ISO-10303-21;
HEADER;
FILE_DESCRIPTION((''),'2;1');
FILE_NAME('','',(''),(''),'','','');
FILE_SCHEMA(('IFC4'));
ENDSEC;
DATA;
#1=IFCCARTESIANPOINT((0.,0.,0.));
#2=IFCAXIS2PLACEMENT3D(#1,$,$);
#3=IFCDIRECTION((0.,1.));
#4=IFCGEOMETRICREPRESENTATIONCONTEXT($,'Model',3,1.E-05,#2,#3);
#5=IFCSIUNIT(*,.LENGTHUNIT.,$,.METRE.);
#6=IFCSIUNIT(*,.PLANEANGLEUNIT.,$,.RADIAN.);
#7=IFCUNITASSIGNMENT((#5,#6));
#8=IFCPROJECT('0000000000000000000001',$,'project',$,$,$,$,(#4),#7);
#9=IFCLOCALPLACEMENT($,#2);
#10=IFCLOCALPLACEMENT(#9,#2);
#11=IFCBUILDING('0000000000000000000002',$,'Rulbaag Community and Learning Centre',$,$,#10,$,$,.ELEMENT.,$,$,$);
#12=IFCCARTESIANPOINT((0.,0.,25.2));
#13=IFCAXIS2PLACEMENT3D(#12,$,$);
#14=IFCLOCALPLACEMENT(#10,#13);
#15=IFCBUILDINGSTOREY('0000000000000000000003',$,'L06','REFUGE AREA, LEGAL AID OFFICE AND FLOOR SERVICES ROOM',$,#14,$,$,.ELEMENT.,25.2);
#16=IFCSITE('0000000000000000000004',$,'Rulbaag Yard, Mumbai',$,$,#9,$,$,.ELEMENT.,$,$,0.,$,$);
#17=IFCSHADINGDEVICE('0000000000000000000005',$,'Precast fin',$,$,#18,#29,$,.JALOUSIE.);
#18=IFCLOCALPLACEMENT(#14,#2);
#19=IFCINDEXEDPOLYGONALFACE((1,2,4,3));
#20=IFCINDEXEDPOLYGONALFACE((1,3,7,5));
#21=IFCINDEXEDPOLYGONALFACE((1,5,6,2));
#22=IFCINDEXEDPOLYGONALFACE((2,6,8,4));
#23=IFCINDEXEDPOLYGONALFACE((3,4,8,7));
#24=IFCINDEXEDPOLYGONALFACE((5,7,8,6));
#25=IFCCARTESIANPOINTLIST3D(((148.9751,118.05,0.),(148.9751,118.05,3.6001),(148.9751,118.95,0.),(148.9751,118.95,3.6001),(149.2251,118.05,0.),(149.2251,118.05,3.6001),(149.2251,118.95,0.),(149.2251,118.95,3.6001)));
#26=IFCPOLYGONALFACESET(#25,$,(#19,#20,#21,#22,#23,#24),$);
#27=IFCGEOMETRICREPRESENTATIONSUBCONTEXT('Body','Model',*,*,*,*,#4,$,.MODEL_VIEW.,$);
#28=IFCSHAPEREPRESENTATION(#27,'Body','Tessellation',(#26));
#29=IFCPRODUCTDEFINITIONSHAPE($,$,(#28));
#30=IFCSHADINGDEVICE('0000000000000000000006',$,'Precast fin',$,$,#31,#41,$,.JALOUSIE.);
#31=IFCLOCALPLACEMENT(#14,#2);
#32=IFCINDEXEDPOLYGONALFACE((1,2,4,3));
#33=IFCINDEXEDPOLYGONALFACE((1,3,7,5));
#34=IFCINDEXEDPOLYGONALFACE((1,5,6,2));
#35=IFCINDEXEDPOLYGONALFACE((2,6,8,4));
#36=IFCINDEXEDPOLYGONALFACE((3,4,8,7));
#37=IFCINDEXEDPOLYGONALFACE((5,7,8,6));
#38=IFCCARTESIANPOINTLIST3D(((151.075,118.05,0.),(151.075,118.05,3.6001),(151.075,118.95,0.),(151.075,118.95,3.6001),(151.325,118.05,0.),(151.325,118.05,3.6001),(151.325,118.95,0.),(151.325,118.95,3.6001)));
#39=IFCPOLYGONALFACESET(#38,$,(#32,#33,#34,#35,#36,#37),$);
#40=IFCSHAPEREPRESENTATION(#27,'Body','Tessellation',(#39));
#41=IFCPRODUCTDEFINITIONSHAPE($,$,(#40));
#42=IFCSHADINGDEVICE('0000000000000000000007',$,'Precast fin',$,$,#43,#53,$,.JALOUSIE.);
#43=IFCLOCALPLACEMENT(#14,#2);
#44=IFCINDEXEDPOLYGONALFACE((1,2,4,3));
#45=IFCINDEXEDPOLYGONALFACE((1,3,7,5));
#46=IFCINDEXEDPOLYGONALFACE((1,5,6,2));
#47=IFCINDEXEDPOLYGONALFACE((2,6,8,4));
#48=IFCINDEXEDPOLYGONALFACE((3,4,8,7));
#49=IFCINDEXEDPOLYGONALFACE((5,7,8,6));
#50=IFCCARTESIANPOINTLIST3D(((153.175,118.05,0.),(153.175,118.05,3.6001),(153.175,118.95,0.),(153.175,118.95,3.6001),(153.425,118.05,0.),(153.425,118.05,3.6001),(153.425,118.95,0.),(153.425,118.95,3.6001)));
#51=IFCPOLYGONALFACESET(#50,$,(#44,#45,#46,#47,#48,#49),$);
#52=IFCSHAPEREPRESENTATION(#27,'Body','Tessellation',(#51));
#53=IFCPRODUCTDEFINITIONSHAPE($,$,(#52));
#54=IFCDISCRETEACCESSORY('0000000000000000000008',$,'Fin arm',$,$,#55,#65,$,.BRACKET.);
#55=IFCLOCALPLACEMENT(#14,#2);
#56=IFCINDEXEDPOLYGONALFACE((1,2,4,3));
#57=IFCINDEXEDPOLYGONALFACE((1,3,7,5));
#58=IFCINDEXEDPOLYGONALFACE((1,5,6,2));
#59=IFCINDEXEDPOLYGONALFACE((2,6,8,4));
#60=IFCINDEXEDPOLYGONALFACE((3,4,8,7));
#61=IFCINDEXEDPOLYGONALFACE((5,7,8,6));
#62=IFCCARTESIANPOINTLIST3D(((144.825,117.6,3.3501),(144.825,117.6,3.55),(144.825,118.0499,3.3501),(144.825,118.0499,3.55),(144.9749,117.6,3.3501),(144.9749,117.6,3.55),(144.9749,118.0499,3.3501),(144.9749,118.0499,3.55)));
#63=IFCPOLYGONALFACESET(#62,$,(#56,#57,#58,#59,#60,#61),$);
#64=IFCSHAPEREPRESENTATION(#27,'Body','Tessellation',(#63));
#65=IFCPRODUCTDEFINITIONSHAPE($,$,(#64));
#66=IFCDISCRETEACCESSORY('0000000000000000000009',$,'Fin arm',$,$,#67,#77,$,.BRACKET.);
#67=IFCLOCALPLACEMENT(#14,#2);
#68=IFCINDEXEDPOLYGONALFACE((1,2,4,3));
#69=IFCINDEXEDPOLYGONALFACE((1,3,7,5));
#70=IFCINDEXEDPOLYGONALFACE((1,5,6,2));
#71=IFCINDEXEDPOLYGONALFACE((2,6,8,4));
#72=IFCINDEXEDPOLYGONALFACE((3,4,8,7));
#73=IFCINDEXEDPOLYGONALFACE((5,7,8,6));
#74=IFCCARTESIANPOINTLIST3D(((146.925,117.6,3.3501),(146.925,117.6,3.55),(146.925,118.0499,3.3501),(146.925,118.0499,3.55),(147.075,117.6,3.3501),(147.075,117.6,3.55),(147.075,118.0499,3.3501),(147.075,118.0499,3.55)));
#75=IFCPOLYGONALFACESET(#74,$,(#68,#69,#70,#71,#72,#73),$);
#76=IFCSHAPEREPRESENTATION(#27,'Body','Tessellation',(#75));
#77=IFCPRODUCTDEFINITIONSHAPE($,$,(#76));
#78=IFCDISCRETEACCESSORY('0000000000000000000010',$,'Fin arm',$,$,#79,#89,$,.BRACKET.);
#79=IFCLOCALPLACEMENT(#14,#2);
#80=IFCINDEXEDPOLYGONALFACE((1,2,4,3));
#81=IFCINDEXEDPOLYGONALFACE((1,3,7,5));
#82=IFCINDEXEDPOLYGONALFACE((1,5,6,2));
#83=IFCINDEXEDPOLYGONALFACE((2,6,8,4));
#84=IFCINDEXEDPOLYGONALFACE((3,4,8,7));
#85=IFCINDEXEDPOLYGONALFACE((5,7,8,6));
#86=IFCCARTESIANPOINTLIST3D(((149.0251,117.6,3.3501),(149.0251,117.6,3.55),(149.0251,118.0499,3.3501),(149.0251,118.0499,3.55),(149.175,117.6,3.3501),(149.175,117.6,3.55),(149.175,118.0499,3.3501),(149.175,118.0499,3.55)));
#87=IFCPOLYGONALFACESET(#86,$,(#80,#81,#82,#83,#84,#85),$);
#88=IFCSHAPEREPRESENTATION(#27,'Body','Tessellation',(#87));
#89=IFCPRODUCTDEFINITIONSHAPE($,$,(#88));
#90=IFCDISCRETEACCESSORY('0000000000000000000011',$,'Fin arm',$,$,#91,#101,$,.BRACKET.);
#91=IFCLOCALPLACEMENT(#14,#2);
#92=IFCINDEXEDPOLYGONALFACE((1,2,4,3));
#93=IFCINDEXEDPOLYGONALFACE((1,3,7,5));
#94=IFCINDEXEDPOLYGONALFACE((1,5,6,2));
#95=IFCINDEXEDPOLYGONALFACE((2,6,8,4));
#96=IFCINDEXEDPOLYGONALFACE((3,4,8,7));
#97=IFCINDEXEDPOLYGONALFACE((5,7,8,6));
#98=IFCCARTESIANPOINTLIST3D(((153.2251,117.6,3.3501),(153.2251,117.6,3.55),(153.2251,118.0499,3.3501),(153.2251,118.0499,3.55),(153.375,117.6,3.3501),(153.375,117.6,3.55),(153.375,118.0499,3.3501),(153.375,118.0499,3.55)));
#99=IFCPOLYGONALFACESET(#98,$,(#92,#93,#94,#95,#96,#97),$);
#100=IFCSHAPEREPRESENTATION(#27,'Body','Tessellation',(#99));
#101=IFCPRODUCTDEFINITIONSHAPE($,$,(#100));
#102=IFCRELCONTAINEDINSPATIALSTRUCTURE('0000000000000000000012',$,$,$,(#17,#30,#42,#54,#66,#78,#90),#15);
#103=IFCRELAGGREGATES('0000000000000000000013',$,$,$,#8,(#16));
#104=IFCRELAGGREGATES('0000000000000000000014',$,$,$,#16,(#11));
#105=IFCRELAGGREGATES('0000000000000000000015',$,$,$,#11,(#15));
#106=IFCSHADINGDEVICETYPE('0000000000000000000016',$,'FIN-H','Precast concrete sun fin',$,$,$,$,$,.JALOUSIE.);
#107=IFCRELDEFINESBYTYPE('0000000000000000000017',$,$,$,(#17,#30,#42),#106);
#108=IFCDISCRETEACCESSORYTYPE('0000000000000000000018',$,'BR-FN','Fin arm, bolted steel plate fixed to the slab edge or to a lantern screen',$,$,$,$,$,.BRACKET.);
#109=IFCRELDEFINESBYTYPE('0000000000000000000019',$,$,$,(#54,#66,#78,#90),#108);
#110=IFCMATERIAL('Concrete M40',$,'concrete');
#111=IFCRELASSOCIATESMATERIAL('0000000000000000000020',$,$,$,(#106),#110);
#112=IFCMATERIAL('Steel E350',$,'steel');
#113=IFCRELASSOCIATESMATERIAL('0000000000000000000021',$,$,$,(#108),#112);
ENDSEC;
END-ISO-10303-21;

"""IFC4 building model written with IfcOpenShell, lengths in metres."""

from ifc_helpers import new_model, si_unit, direction, frame, origin, origin_2d, place, context, subcontext, project, spatial, rectangle, extrude, material, material_profile, profile_set, type_object, element, save


model = new_model("IFC4")

# Units and contexts
model_context = context("Model", 3, precision=1e-05, world=origin(), true_north=direction((0.0, 1.0)))
body_context = subcontext(model_context, "Body", "Model", "MODEL_VIEW")
ifc_project = project(units=[si_unit("LENGTHUNIT", "METRE"), si_unit("PLANEANGLEUNIT", "RADIAN")], contexts=[model_context])

# Site, building, storey
site_placement = place(None, origin())
site = spatial("IfcSite", under=ifc_project, at=site_placement, Name="Rulbaag Yard, Mumbai", CompositionType="ELEMENT", RefElevation=0.0)
building_placement = place(site_placement, origin())
building = spatial("IfcBuilding", under=site, at=building_placement, Name="Rulbaag Community and Learning Centre", CompositionType="ELEMENT")
storey_placement = place(building_placement, frame((0.0, 0.0, 25.2)))
storey = spatial("IfcBuildingStorey", under=building, at=storey_placement, Name="L06", Description="REFUGE AREA, LEGAL AID OFFICE AND FLOOR SERVICES ROOM", CompositionType="ELEMENT", Elevation=25.2)

# Shared definitions
ifc_material_1 = material(Name="Concrete M40", Category="concrete")

# Shading devices
ifc_material_profile_1 = material_profile(ifc_material_1, rectangle(XDim=0.25, YDim=0.8999, at=origin_2d()), Name="PC 250x900")
ifc_profile_set_1 = profile_set([ifc_material_profile_1], Name="Concrete M40")
shading_device_type = type_object("IfcShadingDeviceType", Name="FIN-H", Description="Precast concrete sun fin", PredefinedType="JALOUSIE", material=ifc_profile_set_1)
for number, where, z_axis, x_axis, name in (
    (1, (149.1001, 118.5, 0.0), (0.0, 0.0, 1.0), (1.0, 0.0, 0.0), "Precast fin"),
    (2, (151.2, 118.5, 0.0), (0.0, 0.0, 1.0), (1.0, 0.0, 0.0), "Precast fin"),
    (3, (153.3, 118.5, 0.0), (0.0, 0.0, 1.0), (1.0, 0.0, 0.0), "Precast fin"),
):
    element("IfcShadingDevice", number, at=place(storey_placement, frame(where, z_axis=z_axis, x_axis=x_axis)), inside=storey, type_object=shading_device_type, Name=name, PredefinedType="JALOUSIE", context=body_context, shape_type="SweptSolid", body=[
        extrude(rectangle(XDim=0.25, YDim=0.8999, at=origin_2d()), origin(), (0.0, 0.0, 1.0), 3.6001),
    ])

# Discrete accessories
ifc_material_2 = material(Name="Steel E350", Category="steel")
discrete_accessory_type = type_object("IfcDiscreteAccessoryType", Name="BR-FN", Description="Fin arm, bolted steel plate fixed to the slab edge or to a lantern screen", PredefinedType="BRACKET", material=ifc_material_2)
for number, where, z_axis, x_axis, name in (
    (4, (144.8999, 117.825, 3.3501), (0.0, 0.0, 1.0), (1.0, 0.0, 0.0), "Fin arm"),
    (5, (147.0, 117.825, 3.3501), (0.0, 0.0, 1.0), (1.0, 0.0, 0.0), "Fin arm"),
    (6, (149.1001, 117.825, 3.3501), (0.0, 0.0, 1.0), (1.0, 0.0, 0.0), "Fin arm"),
    (7, (153.3, 117.825, 3.3501), (0.0, 0.0, 1.0), (1.0, 0.0, 0.0), "Fin arm"),
):
    element("IfcDiscreteAccessory", number, at=place(storey_placement, frame(where, z_axis=z_axis, x_axis=x_axis)), inside=storey, type_object=discrete_accessory_type, Name=name, PredefinedType="BRACKET", context=body_context, shape_type="SweptSolid", body=[
        extrude(rectangle(XDim=0.1499, YDim=0.45, at=origin_2d()), origin(), (0.0, 0.0, 1.0), 0.2),
    ])

save(model, "model.ifc")
